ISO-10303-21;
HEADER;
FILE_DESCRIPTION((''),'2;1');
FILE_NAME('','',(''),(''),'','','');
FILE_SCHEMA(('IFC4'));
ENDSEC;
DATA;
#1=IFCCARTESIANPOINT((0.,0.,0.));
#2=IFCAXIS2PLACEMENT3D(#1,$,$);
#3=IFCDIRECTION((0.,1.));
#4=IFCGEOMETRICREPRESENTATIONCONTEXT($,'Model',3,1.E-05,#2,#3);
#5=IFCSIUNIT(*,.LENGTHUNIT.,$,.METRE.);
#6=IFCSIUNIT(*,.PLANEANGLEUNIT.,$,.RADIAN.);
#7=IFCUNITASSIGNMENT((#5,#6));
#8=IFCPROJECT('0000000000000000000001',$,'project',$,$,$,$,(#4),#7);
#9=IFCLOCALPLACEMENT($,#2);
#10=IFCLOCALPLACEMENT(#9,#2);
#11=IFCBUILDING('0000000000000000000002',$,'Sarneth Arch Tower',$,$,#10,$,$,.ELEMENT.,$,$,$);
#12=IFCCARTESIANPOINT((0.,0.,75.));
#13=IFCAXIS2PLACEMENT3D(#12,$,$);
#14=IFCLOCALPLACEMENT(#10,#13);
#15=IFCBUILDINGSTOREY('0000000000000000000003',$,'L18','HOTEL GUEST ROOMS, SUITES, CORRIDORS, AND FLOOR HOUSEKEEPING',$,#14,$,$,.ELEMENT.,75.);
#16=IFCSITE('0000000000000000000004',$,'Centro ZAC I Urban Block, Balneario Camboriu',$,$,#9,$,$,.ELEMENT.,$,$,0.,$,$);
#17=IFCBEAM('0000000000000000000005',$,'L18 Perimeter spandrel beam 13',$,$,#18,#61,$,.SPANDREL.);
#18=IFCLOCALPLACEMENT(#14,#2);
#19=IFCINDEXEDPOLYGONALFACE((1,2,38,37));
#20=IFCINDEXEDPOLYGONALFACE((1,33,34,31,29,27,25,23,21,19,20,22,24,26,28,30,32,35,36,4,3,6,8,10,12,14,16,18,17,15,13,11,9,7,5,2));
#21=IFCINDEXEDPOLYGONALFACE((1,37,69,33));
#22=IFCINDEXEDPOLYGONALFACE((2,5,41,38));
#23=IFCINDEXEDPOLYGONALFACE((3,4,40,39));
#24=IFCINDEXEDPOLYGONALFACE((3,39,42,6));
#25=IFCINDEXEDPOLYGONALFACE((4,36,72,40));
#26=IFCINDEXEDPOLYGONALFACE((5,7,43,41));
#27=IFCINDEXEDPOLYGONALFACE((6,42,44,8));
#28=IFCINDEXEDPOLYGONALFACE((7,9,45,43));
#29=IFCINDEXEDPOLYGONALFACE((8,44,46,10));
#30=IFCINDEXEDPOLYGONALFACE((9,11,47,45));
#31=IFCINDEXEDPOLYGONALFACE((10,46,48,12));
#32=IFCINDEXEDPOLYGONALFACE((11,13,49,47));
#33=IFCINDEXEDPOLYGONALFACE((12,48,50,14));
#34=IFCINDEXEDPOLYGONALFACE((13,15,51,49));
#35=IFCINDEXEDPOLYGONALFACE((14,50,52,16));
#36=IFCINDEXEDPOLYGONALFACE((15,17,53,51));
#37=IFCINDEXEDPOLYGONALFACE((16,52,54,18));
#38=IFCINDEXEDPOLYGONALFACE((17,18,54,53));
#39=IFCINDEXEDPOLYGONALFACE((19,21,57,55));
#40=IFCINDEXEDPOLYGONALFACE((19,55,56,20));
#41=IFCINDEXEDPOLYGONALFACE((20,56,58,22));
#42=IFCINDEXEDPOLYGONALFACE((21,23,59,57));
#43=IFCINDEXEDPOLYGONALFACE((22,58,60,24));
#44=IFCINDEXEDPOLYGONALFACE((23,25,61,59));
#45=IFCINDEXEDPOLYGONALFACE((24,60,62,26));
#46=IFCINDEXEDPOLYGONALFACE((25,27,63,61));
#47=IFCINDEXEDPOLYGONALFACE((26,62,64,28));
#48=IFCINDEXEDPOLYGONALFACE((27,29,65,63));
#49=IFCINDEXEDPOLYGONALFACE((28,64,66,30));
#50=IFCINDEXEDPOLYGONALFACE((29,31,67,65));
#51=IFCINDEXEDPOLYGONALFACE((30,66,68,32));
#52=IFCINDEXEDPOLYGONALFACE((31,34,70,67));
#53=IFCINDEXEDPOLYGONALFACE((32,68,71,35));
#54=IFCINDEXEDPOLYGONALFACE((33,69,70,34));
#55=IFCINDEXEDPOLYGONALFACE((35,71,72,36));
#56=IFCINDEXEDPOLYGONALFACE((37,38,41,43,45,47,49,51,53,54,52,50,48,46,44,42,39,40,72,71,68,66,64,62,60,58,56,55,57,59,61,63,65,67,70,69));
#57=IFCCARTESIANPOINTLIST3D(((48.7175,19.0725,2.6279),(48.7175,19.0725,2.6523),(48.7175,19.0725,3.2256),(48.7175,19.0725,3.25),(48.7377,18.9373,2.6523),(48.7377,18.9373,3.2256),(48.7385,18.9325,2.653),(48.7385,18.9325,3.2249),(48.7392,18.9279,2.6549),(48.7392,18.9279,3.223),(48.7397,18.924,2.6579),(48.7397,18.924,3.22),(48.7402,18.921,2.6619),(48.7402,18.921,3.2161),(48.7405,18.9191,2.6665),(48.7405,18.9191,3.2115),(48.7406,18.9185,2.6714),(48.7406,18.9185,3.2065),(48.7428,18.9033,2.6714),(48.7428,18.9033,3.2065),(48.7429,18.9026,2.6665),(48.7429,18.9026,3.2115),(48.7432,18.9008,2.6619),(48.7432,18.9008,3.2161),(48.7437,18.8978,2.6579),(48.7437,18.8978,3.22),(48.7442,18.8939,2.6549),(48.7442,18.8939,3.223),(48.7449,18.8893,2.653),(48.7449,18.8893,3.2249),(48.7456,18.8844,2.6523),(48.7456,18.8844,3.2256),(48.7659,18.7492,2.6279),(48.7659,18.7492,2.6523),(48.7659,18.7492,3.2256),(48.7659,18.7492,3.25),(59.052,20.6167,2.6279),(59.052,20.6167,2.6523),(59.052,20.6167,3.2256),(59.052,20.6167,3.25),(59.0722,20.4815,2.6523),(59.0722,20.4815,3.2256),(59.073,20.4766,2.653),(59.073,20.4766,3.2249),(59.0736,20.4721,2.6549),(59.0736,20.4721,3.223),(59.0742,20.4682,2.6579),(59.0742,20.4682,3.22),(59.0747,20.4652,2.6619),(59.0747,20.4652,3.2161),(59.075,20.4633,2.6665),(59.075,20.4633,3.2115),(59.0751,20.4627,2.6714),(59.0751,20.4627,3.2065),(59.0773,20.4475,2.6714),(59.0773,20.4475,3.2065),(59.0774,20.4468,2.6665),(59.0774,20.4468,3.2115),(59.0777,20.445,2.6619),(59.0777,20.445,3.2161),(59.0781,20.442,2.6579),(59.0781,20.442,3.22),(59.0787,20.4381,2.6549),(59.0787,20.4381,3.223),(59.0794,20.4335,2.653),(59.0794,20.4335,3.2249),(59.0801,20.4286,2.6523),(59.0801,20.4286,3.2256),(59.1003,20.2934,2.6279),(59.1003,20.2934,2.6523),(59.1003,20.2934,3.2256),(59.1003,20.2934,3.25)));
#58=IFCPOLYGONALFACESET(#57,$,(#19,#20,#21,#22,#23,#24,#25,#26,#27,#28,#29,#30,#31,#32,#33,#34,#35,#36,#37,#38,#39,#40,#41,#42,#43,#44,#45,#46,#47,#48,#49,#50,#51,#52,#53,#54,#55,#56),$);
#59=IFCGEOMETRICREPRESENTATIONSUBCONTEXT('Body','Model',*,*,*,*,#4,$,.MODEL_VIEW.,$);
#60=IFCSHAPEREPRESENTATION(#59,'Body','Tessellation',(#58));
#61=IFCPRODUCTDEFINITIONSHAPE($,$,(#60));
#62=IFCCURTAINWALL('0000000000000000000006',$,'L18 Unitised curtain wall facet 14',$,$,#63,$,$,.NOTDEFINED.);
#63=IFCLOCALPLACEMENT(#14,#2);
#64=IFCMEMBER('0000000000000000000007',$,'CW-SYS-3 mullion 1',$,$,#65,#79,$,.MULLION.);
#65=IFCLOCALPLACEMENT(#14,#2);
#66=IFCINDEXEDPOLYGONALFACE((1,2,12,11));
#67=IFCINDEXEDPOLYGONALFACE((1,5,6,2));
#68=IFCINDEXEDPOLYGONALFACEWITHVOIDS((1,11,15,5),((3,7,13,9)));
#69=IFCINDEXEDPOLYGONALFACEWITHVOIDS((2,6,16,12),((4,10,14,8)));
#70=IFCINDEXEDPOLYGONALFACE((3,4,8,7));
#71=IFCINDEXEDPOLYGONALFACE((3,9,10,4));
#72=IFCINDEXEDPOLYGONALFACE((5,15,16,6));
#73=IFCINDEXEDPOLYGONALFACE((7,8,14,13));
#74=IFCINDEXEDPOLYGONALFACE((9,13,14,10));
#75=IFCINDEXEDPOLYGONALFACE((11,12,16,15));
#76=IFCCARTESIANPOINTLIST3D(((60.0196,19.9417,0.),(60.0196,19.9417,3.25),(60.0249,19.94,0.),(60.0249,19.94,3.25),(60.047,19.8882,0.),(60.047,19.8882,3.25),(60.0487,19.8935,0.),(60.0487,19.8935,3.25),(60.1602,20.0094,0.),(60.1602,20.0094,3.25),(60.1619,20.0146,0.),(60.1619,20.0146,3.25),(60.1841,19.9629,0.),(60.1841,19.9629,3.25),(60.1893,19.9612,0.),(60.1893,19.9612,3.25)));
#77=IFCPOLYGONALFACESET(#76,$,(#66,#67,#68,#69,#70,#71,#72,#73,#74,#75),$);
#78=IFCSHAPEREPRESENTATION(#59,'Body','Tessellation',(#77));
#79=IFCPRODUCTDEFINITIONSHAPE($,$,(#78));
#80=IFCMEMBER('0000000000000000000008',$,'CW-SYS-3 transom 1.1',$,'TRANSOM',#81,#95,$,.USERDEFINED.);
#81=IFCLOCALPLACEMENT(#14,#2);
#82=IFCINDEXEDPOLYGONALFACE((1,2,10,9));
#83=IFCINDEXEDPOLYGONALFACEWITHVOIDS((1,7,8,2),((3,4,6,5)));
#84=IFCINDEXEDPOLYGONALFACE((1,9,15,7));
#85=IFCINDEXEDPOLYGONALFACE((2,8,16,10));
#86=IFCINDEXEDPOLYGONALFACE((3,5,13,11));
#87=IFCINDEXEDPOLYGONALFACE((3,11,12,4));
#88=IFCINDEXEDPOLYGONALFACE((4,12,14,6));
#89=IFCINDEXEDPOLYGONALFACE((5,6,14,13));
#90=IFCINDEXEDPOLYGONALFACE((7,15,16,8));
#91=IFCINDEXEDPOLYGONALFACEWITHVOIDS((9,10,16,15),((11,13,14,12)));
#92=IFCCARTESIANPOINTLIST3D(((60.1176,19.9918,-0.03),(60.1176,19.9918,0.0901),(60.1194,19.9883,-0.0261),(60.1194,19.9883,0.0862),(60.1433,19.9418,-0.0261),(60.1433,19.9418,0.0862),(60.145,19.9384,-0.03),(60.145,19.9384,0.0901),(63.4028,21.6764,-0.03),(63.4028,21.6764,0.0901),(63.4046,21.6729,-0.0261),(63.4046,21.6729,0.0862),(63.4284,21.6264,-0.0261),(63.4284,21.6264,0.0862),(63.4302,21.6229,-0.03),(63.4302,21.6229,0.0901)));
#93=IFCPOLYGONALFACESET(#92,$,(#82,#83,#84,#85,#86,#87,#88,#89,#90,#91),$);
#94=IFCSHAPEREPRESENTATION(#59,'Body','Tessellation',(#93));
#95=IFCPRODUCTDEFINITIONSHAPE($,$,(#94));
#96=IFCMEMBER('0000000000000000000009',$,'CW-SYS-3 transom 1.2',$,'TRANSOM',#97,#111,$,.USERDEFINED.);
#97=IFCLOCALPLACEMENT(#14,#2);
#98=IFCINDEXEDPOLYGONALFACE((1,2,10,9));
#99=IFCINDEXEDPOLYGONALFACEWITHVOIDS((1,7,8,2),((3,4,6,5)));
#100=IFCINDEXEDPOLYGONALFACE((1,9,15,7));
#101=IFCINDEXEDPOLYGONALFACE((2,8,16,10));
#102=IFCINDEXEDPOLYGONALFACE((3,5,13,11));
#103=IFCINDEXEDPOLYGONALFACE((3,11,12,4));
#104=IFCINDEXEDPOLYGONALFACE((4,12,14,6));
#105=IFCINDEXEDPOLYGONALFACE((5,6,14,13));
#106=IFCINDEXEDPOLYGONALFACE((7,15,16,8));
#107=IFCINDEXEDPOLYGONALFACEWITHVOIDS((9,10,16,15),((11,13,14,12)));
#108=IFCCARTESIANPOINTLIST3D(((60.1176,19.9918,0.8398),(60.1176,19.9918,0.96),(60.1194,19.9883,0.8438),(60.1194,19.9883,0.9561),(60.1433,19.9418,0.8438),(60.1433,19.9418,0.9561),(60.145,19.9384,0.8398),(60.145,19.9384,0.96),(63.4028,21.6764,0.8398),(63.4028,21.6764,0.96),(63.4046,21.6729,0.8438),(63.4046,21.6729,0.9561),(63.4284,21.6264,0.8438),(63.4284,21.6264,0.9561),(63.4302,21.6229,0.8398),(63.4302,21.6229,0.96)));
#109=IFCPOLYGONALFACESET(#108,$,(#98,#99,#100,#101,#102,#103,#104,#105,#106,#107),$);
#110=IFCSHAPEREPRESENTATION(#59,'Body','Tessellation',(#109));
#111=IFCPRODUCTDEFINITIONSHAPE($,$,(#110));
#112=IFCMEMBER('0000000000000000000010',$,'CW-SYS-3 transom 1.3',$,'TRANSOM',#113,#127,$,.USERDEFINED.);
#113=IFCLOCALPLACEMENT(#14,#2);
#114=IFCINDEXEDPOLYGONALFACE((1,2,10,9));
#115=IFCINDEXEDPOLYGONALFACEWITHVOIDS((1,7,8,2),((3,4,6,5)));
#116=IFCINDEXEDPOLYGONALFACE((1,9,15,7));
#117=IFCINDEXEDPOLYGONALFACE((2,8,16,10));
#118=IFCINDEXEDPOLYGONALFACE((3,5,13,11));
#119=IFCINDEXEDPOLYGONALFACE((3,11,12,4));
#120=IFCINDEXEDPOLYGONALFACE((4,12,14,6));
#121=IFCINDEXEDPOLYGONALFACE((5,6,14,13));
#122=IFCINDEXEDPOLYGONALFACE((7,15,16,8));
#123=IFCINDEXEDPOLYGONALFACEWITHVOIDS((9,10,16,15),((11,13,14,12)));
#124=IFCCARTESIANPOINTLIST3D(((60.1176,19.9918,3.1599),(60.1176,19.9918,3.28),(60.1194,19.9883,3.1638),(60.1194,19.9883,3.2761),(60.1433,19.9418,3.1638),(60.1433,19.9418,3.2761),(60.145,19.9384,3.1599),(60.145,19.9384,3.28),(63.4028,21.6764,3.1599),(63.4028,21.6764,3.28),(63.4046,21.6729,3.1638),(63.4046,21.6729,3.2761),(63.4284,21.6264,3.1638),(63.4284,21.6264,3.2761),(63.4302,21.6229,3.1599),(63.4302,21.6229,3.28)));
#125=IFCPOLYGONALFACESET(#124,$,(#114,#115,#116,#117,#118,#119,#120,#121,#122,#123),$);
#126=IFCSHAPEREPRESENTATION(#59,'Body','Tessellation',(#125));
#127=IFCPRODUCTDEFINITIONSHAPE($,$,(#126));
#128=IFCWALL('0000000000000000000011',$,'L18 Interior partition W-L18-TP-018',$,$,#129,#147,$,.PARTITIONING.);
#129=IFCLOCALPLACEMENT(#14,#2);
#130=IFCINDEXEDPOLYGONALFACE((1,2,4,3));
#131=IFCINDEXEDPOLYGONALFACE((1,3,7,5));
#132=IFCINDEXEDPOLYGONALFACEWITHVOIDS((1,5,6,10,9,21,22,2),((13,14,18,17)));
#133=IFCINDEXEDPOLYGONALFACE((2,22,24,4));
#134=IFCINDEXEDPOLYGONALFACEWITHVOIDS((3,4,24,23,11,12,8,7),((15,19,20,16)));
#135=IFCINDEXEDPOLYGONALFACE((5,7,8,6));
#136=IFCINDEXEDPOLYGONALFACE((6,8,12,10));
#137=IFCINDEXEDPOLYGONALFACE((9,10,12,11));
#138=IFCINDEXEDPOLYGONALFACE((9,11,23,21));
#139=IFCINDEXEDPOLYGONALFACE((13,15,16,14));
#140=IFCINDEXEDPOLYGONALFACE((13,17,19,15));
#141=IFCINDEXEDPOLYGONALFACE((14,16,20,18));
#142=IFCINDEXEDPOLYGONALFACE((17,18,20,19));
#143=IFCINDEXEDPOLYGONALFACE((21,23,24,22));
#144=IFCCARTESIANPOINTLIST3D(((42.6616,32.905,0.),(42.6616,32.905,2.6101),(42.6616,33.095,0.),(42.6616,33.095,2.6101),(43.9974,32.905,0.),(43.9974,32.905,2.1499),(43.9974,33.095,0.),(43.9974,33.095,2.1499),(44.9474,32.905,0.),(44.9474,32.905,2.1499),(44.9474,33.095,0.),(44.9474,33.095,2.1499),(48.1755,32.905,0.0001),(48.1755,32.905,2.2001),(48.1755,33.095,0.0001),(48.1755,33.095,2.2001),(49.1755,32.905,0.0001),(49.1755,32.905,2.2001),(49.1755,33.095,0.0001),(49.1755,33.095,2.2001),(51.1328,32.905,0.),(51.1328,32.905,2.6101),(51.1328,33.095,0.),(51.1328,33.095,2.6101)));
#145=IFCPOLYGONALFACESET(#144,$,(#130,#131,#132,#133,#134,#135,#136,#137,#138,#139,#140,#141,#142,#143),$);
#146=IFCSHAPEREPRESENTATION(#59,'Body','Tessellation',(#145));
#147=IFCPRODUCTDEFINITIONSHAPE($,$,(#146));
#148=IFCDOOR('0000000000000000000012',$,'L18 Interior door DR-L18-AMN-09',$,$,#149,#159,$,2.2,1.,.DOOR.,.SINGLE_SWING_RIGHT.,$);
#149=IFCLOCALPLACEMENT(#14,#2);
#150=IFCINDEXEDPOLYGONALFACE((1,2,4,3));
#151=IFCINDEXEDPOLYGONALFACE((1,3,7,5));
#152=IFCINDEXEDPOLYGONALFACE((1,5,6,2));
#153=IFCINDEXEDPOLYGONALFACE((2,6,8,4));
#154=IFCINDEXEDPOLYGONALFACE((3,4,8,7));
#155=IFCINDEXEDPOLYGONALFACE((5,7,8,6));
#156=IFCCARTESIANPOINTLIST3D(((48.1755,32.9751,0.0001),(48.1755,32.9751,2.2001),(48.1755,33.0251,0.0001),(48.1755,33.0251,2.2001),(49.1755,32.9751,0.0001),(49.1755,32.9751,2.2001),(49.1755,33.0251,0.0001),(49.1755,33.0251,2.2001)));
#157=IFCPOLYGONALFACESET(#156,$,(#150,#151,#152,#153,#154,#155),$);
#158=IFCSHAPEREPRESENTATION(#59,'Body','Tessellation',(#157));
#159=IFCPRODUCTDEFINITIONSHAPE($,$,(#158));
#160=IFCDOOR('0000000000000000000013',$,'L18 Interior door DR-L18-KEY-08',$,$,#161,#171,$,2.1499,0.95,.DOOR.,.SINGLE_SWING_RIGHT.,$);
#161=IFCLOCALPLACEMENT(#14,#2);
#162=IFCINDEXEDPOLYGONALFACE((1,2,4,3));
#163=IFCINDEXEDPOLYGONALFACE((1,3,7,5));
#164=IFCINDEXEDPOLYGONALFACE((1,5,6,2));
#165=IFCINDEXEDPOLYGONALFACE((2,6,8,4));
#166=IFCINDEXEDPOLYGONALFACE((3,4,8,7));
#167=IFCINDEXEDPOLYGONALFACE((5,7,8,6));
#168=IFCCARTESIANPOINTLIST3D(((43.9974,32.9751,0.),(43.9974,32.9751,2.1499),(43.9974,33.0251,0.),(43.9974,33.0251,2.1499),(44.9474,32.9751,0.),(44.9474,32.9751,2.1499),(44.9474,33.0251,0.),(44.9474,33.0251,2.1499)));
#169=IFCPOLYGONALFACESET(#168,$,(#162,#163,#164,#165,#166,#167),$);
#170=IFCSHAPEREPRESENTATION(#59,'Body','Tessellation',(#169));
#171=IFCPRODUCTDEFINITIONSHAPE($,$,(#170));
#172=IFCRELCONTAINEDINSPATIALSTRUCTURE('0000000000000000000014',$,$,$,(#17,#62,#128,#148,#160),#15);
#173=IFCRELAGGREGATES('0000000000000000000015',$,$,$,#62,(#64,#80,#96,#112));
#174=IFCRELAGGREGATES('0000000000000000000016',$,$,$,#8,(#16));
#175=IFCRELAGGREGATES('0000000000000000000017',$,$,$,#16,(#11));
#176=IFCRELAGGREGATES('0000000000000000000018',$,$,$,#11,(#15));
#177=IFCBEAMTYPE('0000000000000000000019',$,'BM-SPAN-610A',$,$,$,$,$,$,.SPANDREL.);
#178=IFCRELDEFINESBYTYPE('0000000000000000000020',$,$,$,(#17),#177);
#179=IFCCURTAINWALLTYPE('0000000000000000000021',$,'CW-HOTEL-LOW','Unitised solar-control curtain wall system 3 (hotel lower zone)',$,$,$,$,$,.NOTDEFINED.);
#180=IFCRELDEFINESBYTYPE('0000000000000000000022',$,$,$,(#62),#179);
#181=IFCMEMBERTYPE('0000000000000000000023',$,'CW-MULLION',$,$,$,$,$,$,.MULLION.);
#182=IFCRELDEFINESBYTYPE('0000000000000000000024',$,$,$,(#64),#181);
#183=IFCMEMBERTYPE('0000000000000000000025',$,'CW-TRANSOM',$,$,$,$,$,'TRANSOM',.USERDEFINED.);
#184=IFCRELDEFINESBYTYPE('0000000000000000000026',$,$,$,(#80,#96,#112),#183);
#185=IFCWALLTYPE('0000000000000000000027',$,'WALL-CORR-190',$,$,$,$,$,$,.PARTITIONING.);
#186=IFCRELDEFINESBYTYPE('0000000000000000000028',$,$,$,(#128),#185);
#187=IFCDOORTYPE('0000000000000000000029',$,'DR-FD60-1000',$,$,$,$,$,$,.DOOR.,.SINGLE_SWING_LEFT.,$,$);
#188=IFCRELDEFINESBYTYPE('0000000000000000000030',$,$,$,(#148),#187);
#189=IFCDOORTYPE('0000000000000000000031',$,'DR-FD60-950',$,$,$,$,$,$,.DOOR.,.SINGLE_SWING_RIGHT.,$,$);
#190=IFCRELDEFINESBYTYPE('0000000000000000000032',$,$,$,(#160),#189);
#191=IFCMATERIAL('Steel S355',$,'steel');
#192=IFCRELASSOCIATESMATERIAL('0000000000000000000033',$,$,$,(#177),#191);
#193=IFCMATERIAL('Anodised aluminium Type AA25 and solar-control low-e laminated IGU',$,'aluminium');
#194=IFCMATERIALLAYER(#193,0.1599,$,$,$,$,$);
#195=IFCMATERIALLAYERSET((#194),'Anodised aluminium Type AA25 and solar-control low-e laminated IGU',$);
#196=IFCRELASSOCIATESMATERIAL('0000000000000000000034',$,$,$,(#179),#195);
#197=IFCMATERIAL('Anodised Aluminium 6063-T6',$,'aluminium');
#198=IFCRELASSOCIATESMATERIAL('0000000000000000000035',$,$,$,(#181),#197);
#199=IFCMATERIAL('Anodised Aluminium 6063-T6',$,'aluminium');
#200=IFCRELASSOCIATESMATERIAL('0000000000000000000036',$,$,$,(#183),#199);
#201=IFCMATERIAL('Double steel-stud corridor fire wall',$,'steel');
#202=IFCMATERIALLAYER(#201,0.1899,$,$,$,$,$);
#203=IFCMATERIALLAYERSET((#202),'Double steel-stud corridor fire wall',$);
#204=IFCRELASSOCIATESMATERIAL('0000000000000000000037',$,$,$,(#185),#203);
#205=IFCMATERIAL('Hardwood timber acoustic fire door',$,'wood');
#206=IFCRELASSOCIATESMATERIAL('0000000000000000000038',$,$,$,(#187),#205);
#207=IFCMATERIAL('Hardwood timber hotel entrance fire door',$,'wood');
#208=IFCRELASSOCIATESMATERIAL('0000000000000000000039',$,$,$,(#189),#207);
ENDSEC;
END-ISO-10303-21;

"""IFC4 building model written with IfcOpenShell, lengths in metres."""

from ifc_helpers import new_model, si_unit, direction, frame, frame_2d, origin, origin_2d, place, context, subcontext, project, spatial, rectangle, hollow_rectangle, i_section, extrude, material, layer, layer_set, material_profile, profile_set, type_object, element, fill, aggregate, save


model = new_model("IFC4")

# Units and contexts
model_context = context("Model", 3, precision=1e-05, world=origin(), true_north=direction((0.0, 1.0)))
body_context = subcontext(model_context, "Body", "Model", "MODEL_VIEW")
ifc_project = project(units=[si_unit("LENGTHUNIT", "METRE"), si_unit("PLANEANGLEUNIT", "RADIAN")], contexts=[model_context])

# Site, building, storey
site_placement = place(None, origin())
site = spatial("IfcSite", under=ifc_project, at=site_placement, Name="Centro ZAC I Urban Block, Balneario Camboriu", CompositionType="ELEMENT", RefElevation=0.0)
building_placement = place(site_placement, origin())
building = spatial("IfcBuilding", under=site, at=building_placement, Name="Sarneth Arch Tower", CompositionType="ELEMENT")
storey_placement = place(building_placement, frame((0.0, 0.0, 75.0)))
storey = spatial("IfcBuildingStorey", under=building, at=storey_placement, Name="L18", Description="HOTEL GUEST ROOMS, SUITES, CORRIDORS, AND FLOOR HOUSEKEEPING", CompositionType="ELEMENT", Elevation=75.0)

# Beam
ifc_material_1 = material(Name="Steel S355", Category="steel")
ifc_material_profile_1 = material_profile(ifc_material_1, i_section(OverallWidth=0.3269, OverallDepth=0.6221, WebThickness=0.0154, FlangeThickness=0.0244, FilletRadius=0.019, at=origin_2d()), Name="W610x195")
ifc_profile_set_1 = profile_set([ifc_material_profile_1], Name="Steel S355")
beam_type_1 = type_object("IfcBeamType", Name="BM-SPAN-610A", PredefinedType="SPANDREL", material=ifc_profile_set_1)
beam_1_placement = place(storey_placement, frame((48.7417, 18.9109, 2.939), z_axis=(0.98902, 0.147781, 0.0), x_axis=(-0.147781, 0.98902, 0.0)))
element("IfcBeam", 1, at=beam_1_placement, inside=storey, type_object=beam_type_1, Name="L18 Perimeter spandrel beam 13", PredefinedType="SPANDREL", context=body_context, shape_type="SweptSolid", body=[
    extrude(i_section(OverallWidth=0.3269, OverallDepth=0.6221, WebThickness=0.0154, FlangeThickness=0.0244, FilletRadius=0.019, at=origin_2d()), origin(), (0.0, 0.0, 1.0), 10.4492),
])

# Curtain wall, members
ifc_material_2 = material(Name="Anodised aluminium Type AA25 and solar-control low-e laminated IGU", Category="aluminium")
ifc_layer_1 = layer(ifc_material_2, 0.1599)
ifc_layer_set_1 = layer_set([ifc_layer_1], Name="Anodised aluminium Type AA25 and solar-control low-e laminated IGU")
curtain_wall_type = type_object("IfcCurtainWallType", Name="CW-HOTEL-LOW", Description="Unitised solar-control curtain wall system 3 (hotel lower zone)", PredefinedType="NOTDEFINED", material=ifc_layer_set_1)
curtain_wall_placement = place(storey_placement, origin())
curtain_wall = element("IfcCurtainWall", 2, at=curtain_wall_placement, inside=storey, type_object=curtain_wall_type, Name="L18 Unitised curtain wall facet 14", PredefinedType="NOTDEFINED")
ifc_material_3 = material(Name="Anodised Aluminium 6063-T6", Category="aluminium")
ifc_material_profile_2 = material_profile(ifc_material_3, hollow_rectangle(XDim=0.0601, YDim=0.1599, WallThickness=0.0039, at=origin_2d()), Name="AL-MULL-160x60x4")
ifc_profile_set_2 = profile_set([ifc_material_profile_2], Name="Anodised Aluminium 6063-T6")
member_type_1 = type_object("IfcMemberType", Name="CW-MULLION", PredefinedType="MULLION", material=ifc_profile_set_2)
member_1_placement = place(storey_placement, frame((60.1045, 19.9514, 0.0), z_axis=(0.0, 0.0, 1.0), x_axis=(-0.456245, 0.889854, 0.0)))
member_1 = element("IfcMember", 3, at=member_1_placement, type_object=member_type_1, Name="CW-SYS-3 mullion 1", PredefinedType="MULLION", context=body_context, shape_type="SweptSolid", body=[
    extrude(hollow_rectangle(XDim=0.0601, YDim=0.1599, WallThickness=0.0039, at=origin_2d()), origin(), (0.0, 0.0, 1.0), 3.25),
])
ifc_material_4 = material(Name="Anodised Aluminium 6063-T6", Category="aluminium")
ifc_material_profile_3 = material_profile(ifc_material_4, hollow_rectangle(XDim=0.0601, YDim=0.1201, WallThickness=0.0039, at=origin_2d()), Name="AL-TRAN-120x60x4")
ifc_profile_set_3 = profile_set([ifc_material_profile_3], Name="Anodised Aluminium 6063-T6")
member_type_2 = type_object("IfcMemberType", Name="CW-TRANSOM", ElementType="TRANSOM", PredefinedType="USERDEFINED", material=ifc_profile_set_3)
member_2_placement = place(storey_placement, frame((60.1313, 19.9651, 0.03), z_axis=(0.889831, 0.45629, 0.0), x_axis=(-0.45629, 0.889831, 0.0)))
member_2 = element("IfcMember", 4, at=member_2_placement, type_object=member_type_2, Name="CW-SYS-3 transom 1.1", ObjectType="TRANSOM", PredefinedType="USERDEFINED", context=body_context, shape_type="SweptSolid", body=[
    extrude(hollow_rectangle(XDim=0.0601, YDim=0.1201, WallThickness=0.0039, at=origin_2d()), origin(), (0.0, 0.0, 1.0), 3.6919),
])
member_3_placement = place(storey_placement, frame((60.1313, 19.9651, 0.8999), z_axis=(0.889831, 0.45629, 0.0), x_axis=(-0.45629, 0.889831, 0.0)))
member_3 = element("IfcMember", 5, at=member_3_placement, type_object=member_type_2, Name="CW-SYS-3 transom 1.2", ObjectType="TRANSOM", PredefinedType="USERDEFINED", context=body_context, shape_type="SweptSolid", body=[
    extrude(hollow_rectangle(XDim=0.0601, YDim=0.1201, WallThickness=0.0039, at=origin_2d()), origin(), (0.0, 0.0, 1.0), 3.6919),
])
member_4_placement = place(storey_placement, frame((60.1313, 19.9651, 3.22), z_axis=(0.889831, 0.45629, 0.0), x_axis=(-0.45629, 0.889831, 0.0)))
member_4 = element("IfcMember", 6, at=member_4_placement, type_object=member_type_2, Name="CW-SYS-3 transom 1.3", ObjectType="TRANSOM", PredefinedType="USERDEFINED", context=body_context, shape_type="SweptSolid", body=[
    extrude(hollow_rectangle(XDim=0.0601, YDim=0.1201, WallThickness=0.0039, at=origin_2d()), origin(), (0.0, 0.0, 1.0), 3.6919),
])
aggregate(curtain_wall, [member_1, member_2, member_3, member_4])

# Wall, openings, doors
ifc_material_5 = material(Name="Double steel-stud corridor fire wall", Category="steel")
ifc_layer_2 = layer(ifc_material_5, 0.1899)
ifc_layer_set_2 = layer_set([ifc_layer_2], Name="Double steel-stud corridor fire wall")
wall_type_1 = type_object("IfcWallType", Name="WALL-CORR-190", PredefinedType="PARTITIONING", material=ifc_layer_set_2)
wall_1_placement = place(storey_placement, frame((51.1328, 33.0, 0.0), z_axis=(0.0, 0.0, 1.0), x_axis=(-1.0, 0.0, 0.0)))
wall_1 = element("IfcWall", 7, at=wall_1_placement, inside=storey, type_object=wall_type_1, Name="L18 Interior partition W-L18-TP-018", PredefinedType="PARTITIONING", context=body_context, shape_type="SweptSolid", body=[
    extrude(rectangle(XDim=8.4712, YDim=0.1899, at=frame_2d((4.2356, 0.0))), origin(), (0.0, 0.0, 1.0), 2.6101),
])
opening_1_placement = place(wall_1_placement, frame((1.9573, 0.0, 0.0)))
opening_1 = element("IfcOpeningElement", 8, at=opening_1_placement, cuts=wall_1, PredefinedType="OPENING", context=body_context, shape_type="SweptSolid", body=[
    extrude(rectangle(XDim=1.0, YDim=2.2, at=frame_2d((0.5, 1.1001))), frame((0.0, 0.105, 0.0), z_axis=(0.0, -1.0, 0.0), x_axis=(1.0, 0.0, 0.0)), (0.0, 0.0, 1.0), 0.21),
])
opening_2_placement = place(wall_1_placement, frame((6.1853, 0.0, 0.0)))
opening_2 = element("IfcOpeningElement", 9, at=opening_2_placement, cuts=wall_1, PredefinedType="OPENING", context=body_context, shape_type="SweptSolid", body=[
    extrude(rectangle(XDim=0.95, YDim=2.1499, at=frame_2d((0.4751, 1.075))), frame((0.0, 0.105, 0.0), z_axis=(0.0, -1.0, 0.0), x_axis=(1.0, 0.0, 0.0)), (0.0, 0.0, 1.0), 0.21),
])
ifc_material_6 = material(Name="Hardwood timber acoustic fire door", Category="wood")
door_type_1 = type_object("IfcDoorType", Name="DR-FD60-1000", OperationType="SINGLE_SWING_LEFT", PredefinedType="DOOR", material=ifc_material_6)
door_1_placement = place(opening_1_placement, origin())
door_1 = element("IfcDoor", 10, at=door_1_placement, inside=storey, type_object=door_type_1, Name="L18 Interior door DR-L18-AMN-09", OperationType="SINGLE_SWING_RIGHT", OverallHeight=2.2, OverallWidth=1.0, PredefinedType="DOOR", context=body_context, shape_type="SweptSolid", body=[
    extrude(rectangle(XDim=1.0, YDim=2.2, at=frame_2d((0.5, 1.1001))), frame((0.0, 0.0249, 0.0), z_axis=(0.0, -1.0, 0.0), x_axis=(1.0, 0.0, 0.0)), (0.0, 0.0, 1.0), 0.05),
])
fill(opening_1, door_1)
ifc_material_7 = material(Name="Hardwood timber hotel entrance fire door", Category="wood")
door_type_2 = type_object("IfcDoorType", Name="DR-FD60-950", OperationType="SINGLE_SWING_RIGHT", PredefinedType="DOOR", material=ifc_material_7)
door_2_placement = place(opening_2_placement, origin())
door_2 = element("IfcDoor", 11, at=door_2_placement, inside=storey, type_object=door_type_2, Name="L18 Interior door DR-L18-KEY-08", OperationType="SINGLE_SWING_RIGHT", OverallHeight=2.1499, OverallWidth=0.95, PredefinedType="DOOR", context=body_context, shape_type="SweptSolid", body=[
    extrude(rectangle(XDim=0.95, YDim=2.1499, at=frame_2d((0.4751, 1.075))), frame((0.0, 0.0249, 0.0), z_axis=(0.0, -1.0, 0.0), x_axis=(1.0, 0.0, 0.0)), (0.0, 0.0, 1.0), 0.05),
])
fill(opening_2, door_2)

save(model, "model.ifc")
